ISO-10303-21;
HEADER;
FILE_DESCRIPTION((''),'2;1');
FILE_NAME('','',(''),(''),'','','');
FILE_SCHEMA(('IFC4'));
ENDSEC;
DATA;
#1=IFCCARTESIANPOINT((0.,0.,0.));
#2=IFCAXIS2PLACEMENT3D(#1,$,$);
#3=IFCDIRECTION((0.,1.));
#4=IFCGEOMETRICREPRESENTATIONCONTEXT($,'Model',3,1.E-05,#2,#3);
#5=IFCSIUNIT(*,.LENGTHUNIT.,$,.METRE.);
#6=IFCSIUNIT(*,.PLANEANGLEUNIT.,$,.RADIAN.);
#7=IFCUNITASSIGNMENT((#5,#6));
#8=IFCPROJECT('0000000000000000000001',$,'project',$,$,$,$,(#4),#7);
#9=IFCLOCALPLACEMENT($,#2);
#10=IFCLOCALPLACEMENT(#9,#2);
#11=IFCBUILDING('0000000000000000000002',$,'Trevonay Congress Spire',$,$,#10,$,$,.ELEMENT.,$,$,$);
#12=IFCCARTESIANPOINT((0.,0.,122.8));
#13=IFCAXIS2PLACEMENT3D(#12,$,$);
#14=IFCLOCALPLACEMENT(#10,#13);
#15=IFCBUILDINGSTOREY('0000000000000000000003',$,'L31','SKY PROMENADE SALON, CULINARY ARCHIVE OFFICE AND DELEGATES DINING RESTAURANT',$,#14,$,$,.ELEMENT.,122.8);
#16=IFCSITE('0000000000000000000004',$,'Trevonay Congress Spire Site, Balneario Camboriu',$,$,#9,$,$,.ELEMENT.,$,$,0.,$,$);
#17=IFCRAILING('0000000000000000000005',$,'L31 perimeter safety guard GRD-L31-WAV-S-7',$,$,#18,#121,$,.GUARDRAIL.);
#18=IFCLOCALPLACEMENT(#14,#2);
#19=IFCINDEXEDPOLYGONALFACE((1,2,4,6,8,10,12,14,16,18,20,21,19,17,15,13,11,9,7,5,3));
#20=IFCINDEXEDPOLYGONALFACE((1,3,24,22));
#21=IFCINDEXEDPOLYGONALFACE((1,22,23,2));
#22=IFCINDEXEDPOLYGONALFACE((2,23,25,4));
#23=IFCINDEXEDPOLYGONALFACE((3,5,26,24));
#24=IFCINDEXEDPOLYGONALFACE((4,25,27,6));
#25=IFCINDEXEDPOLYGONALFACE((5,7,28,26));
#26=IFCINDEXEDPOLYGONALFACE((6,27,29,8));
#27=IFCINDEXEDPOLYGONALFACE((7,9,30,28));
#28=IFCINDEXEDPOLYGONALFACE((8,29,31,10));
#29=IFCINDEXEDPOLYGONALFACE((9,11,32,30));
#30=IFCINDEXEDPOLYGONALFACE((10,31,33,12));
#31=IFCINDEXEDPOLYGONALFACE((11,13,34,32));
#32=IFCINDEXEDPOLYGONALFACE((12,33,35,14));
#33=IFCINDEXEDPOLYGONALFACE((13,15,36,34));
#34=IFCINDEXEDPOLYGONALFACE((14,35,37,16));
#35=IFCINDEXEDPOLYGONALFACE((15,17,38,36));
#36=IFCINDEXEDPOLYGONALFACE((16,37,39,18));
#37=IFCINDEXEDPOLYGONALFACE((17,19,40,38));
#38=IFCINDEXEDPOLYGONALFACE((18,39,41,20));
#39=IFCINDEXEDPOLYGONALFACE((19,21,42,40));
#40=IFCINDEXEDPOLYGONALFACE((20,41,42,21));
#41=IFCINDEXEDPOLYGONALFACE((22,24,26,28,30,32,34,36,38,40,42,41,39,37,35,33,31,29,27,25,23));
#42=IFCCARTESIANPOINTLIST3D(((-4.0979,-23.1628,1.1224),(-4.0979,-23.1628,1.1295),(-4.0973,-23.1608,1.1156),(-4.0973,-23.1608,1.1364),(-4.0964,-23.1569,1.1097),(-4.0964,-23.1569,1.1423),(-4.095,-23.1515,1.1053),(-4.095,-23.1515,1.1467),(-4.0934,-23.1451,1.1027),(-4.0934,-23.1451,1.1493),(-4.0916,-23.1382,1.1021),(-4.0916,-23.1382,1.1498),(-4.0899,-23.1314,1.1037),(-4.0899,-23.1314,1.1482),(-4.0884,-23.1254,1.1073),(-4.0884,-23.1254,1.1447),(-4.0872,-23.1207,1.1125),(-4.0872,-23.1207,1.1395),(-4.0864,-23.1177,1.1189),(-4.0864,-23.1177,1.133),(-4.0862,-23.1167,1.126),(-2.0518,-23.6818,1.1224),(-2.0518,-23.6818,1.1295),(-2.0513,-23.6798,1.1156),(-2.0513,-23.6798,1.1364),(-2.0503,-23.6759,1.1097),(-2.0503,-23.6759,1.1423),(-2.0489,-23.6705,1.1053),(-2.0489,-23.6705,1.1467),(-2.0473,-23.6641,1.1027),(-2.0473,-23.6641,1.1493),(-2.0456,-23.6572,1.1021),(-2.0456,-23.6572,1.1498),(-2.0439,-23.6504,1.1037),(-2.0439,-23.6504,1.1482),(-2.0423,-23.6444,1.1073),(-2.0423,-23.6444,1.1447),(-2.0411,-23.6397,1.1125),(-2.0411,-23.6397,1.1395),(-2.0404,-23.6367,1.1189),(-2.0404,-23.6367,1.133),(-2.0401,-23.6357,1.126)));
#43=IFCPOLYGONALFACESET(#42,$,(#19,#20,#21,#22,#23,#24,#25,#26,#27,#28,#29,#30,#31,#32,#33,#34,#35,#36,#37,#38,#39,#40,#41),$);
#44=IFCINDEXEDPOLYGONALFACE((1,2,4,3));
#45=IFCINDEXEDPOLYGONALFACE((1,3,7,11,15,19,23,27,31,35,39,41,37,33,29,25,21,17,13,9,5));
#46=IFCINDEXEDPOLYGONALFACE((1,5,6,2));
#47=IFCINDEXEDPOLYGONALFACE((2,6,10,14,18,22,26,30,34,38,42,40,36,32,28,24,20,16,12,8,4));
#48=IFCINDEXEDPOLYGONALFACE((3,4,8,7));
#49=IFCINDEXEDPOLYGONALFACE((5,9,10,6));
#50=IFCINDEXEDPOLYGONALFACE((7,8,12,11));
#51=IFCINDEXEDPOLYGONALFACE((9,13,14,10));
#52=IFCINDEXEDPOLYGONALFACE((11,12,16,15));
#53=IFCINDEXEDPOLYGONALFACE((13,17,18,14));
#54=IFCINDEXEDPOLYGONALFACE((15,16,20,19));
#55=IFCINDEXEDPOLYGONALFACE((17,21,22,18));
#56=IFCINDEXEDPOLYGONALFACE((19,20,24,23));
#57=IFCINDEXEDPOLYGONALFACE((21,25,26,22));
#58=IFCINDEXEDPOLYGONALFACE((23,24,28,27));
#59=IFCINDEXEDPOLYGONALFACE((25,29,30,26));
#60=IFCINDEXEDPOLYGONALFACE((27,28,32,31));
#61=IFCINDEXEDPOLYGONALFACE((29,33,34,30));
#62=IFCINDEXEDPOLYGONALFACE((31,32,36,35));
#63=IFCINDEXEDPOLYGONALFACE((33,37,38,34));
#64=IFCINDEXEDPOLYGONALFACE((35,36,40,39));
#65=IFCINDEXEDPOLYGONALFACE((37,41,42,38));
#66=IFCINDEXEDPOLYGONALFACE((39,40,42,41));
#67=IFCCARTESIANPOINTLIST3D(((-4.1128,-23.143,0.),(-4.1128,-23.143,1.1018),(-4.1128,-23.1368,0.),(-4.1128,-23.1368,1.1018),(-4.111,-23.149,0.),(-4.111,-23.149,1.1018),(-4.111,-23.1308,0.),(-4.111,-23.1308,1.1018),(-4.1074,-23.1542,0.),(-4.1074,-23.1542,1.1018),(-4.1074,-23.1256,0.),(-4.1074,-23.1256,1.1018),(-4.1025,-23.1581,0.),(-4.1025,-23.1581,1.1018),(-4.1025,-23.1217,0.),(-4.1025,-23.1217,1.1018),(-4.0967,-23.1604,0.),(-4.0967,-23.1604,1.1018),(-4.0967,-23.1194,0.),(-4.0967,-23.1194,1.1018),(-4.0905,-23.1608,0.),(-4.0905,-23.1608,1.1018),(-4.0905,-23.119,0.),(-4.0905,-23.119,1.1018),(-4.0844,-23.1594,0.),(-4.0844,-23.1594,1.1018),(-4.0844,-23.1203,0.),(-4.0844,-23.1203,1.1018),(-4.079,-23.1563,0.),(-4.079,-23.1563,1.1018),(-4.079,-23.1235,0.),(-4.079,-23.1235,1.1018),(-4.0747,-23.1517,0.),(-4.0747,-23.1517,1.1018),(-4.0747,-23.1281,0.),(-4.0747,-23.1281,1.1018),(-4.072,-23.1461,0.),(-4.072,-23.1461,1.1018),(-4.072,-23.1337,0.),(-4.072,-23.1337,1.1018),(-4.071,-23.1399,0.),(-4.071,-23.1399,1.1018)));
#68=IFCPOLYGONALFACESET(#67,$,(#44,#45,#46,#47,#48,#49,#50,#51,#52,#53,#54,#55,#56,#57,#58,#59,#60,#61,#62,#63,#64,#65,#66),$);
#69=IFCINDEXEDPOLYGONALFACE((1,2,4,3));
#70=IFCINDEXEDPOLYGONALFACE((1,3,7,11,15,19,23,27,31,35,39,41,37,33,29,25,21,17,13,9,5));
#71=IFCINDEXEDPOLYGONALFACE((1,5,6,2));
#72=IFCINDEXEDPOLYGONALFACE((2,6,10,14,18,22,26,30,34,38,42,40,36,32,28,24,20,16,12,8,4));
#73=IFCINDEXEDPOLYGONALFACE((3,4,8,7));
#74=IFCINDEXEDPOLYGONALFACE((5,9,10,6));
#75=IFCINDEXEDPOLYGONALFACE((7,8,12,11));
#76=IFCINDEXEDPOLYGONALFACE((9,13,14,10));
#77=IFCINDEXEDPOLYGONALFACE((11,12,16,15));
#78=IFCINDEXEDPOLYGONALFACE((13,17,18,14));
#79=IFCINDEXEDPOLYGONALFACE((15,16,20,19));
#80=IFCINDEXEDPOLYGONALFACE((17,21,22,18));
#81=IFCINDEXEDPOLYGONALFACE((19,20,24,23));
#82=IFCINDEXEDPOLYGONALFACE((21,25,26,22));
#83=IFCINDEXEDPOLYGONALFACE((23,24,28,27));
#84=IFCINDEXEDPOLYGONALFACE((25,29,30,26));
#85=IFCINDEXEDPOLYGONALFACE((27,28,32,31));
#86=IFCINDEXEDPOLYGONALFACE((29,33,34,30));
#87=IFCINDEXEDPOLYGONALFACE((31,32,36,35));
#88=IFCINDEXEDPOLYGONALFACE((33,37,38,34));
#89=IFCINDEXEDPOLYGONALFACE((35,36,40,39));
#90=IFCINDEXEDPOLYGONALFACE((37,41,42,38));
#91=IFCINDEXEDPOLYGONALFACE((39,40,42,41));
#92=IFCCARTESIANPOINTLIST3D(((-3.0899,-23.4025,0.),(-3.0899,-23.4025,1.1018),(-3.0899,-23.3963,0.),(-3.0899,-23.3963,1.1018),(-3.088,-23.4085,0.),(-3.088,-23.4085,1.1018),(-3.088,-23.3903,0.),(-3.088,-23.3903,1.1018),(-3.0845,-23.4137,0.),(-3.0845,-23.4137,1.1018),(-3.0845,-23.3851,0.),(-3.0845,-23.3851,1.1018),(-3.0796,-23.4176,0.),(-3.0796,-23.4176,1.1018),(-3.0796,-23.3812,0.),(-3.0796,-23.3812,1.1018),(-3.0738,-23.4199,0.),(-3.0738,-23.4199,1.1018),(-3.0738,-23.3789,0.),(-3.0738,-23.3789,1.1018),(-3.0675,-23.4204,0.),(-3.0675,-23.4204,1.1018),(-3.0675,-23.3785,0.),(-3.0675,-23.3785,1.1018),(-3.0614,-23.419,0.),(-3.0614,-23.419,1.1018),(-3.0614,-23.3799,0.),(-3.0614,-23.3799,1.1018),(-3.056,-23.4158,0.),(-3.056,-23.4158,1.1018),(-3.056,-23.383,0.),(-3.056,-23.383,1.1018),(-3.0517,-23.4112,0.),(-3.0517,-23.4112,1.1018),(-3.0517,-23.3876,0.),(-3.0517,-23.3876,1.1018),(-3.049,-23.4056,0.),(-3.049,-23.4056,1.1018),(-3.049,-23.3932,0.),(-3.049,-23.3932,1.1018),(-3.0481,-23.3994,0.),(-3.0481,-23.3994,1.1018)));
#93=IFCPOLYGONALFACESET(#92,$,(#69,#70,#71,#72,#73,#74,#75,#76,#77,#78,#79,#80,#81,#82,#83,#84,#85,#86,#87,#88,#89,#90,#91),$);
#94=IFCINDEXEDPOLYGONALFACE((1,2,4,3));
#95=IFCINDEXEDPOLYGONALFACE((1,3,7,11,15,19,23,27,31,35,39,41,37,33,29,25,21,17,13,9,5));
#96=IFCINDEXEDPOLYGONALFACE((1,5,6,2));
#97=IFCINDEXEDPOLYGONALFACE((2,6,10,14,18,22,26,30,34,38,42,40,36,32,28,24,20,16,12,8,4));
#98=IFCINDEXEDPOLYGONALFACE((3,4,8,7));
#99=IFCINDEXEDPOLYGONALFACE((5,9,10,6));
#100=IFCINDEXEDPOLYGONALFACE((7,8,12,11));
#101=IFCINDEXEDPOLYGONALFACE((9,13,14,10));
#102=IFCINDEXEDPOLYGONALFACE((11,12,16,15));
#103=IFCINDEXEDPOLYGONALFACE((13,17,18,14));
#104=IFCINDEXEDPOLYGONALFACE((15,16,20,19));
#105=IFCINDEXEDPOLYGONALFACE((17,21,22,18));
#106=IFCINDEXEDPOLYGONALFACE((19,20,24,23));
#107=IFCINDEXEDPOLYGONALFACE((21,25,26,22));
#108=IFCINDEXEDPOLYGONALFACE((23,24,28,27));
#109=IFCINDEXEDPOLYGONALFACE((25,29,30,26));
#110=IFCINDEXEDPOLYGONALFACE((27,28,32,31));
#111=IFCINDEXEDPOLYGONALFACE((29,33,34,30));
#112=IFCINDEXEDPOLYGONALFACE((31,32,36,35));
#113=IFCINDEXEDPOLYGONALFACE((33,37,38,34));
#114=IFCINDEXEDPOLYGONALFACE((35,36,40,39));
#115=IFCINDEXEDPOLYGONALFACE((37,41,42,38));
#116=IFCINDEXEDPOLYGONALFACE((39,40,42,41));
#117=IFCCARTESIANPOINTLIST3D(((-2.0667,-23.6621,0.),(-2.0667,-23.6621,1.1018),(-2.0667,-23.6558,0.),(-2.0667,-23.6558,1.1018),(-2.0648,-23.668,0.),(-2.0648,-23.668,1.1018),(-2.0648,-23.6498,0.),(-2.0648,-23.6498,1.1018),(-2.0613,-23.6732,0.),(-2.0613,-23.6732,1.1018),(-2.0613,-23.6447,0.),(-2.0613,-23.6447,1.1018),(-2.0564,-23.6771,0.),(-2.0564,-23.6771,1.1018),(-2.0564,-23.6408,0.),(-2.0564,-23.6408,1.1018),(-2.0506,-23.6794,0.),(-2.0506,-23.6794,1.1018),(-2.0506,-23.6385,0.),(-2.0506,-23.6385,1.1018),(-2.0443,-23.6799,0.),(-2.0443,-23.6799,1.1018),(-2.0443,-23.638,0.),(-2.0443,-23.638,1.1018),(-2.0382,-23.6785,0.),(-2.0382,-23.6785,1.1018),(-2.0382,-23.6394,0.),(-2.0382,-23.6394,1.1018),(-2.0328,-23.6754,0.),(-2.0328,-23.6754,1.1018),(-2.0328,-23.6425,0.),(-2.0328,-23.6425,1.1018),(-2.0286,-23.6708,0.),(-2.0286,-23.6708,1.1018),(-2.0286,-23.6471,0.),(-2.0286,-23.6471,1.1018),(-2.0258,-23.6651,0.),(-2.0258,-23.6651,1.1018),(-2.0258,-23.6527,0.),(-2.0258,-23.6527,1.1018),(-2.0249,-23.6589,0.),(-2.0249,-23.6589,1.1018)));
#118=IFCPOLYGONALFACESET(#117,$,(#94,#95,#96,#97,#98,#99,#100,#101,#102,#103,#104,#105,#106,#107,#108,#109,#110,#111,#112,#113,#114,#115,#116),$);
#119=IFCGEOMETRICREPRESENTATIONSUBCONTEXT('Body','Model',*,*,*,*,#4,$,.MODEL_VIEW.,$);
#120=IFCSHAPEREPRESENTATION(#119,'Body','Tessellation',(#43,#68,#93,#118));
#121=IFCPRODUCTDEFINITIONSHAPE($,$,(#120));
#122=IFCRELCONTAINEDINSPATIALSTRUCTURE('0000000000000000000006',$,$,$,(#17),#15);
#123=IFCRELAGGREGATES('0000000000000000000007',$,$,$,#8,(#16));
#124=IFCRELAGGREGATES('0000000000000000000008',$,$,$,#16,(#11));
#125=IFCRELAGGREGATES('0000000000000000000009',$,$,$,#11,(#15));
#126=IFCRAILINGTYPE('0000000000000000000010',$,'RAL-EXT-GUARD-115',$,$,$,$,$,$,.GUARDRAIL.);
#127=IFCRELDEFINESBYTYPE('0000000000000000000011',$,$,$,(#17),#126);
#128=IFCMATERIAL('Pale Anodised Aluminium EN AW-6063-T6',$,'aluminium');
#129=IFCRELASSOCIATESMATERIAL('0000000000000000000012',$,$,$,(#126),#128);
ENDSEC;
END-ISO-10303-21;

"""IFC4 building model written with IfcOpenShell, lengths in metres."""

from ifc_helpers import new_model, si_unit, direction, frame, origin, origin_2d, place, context, subcontext, project, spatial, circle, extrude, material, type_object, element, save


model = new_model("IFC4")

# Units and contexts
model_context = context("Model", 3, precision=1e-05, world=origin(), true_north=direction((0.0, 1.0)))
body_context = subcontext(model_context, "Body", "Model", "MODEL_VIEW")
ifc_project = project(units=[si_unit("LENGTHUNIT", "METRE"), si_unit("PLANEANGLEUNIT", "RADIAN")], contexts=[model_context])

# Site, building, storey
site_placement = place(None, origin())
site = spatial("IfcSite", under=ifc_project, at=site_placement, Name="Trevonay Congress Spire Site, Balneario Camboriu", CompositionType="ELEMENT", RefElevation=0.0)
building_placement = place(site_placement, origin())
building = spatial("IfcBuilding", under=site, at=building_placement, Name="Trevonay Congress Spire", CompositionType="ELEMENT")
storey_placement = place(building_placement, frame((0.0, 0.0, 122.8)))
storey = spatial("IfcBuildingStorey", under=building, at=storey_placement, Name="L31", Description="SKY PROMENADE SALON, CULINARY ARCHIVE OFFICE AND DELEGATES DINING RESTAURANT", CompositionType="ELEMENT", Elevation=122.8)

# Shared definitions
ifc_material_1 = material(Name="Pale Anodised Aluminium EN AW-6063-T6", Category="aluminium")

# Railing
railing_type = type_object("IfcRailingType", Name="RAL-EXT-GUARD-115", PredefinedType="GUARDRAIL", material=ifc_material_1)
railing_1_placement = place(storey_placement, frame((-4.092, -23.1399, 0.0)))
element("IfcRailing", 1, at=railing_1_placement, inside=storey, type_object=railing_type, Name="L31 perimeter safety guard GRD-L31-WAV-S-7", PredefinedType="GUARDRAIL", context=body_context, shape_type="SweptSolid", body=[
    extrude(circle(Radius=0.0239, at=origin_2d()), frame((0.0, 0.0, 1.126), z_axis=(0.9693, -0.245881, 0.0), x_axis=(0.245881, 0.9693, 0.0)), (0.0, 0.0, 1.0), 2.1108),
    extrude(circle(Radius=0.021, at=origin_2d()), origin(), (0.0, 0.0, 1.0), 1.1018),
    extrude(circle(Radius=0.021, at=origin_2d()), frame((1.0229, -0.2595, 0.0)), (0.0, 0.0, 1.0), 1.1018),
    extrude(circle(Radius=0.021, at=origin_2d()), frame((2.0461, -0.519, 0.0)), (0.0, 0.0, 1.0), 1.1018),
])

save(model, "model.ifc")
